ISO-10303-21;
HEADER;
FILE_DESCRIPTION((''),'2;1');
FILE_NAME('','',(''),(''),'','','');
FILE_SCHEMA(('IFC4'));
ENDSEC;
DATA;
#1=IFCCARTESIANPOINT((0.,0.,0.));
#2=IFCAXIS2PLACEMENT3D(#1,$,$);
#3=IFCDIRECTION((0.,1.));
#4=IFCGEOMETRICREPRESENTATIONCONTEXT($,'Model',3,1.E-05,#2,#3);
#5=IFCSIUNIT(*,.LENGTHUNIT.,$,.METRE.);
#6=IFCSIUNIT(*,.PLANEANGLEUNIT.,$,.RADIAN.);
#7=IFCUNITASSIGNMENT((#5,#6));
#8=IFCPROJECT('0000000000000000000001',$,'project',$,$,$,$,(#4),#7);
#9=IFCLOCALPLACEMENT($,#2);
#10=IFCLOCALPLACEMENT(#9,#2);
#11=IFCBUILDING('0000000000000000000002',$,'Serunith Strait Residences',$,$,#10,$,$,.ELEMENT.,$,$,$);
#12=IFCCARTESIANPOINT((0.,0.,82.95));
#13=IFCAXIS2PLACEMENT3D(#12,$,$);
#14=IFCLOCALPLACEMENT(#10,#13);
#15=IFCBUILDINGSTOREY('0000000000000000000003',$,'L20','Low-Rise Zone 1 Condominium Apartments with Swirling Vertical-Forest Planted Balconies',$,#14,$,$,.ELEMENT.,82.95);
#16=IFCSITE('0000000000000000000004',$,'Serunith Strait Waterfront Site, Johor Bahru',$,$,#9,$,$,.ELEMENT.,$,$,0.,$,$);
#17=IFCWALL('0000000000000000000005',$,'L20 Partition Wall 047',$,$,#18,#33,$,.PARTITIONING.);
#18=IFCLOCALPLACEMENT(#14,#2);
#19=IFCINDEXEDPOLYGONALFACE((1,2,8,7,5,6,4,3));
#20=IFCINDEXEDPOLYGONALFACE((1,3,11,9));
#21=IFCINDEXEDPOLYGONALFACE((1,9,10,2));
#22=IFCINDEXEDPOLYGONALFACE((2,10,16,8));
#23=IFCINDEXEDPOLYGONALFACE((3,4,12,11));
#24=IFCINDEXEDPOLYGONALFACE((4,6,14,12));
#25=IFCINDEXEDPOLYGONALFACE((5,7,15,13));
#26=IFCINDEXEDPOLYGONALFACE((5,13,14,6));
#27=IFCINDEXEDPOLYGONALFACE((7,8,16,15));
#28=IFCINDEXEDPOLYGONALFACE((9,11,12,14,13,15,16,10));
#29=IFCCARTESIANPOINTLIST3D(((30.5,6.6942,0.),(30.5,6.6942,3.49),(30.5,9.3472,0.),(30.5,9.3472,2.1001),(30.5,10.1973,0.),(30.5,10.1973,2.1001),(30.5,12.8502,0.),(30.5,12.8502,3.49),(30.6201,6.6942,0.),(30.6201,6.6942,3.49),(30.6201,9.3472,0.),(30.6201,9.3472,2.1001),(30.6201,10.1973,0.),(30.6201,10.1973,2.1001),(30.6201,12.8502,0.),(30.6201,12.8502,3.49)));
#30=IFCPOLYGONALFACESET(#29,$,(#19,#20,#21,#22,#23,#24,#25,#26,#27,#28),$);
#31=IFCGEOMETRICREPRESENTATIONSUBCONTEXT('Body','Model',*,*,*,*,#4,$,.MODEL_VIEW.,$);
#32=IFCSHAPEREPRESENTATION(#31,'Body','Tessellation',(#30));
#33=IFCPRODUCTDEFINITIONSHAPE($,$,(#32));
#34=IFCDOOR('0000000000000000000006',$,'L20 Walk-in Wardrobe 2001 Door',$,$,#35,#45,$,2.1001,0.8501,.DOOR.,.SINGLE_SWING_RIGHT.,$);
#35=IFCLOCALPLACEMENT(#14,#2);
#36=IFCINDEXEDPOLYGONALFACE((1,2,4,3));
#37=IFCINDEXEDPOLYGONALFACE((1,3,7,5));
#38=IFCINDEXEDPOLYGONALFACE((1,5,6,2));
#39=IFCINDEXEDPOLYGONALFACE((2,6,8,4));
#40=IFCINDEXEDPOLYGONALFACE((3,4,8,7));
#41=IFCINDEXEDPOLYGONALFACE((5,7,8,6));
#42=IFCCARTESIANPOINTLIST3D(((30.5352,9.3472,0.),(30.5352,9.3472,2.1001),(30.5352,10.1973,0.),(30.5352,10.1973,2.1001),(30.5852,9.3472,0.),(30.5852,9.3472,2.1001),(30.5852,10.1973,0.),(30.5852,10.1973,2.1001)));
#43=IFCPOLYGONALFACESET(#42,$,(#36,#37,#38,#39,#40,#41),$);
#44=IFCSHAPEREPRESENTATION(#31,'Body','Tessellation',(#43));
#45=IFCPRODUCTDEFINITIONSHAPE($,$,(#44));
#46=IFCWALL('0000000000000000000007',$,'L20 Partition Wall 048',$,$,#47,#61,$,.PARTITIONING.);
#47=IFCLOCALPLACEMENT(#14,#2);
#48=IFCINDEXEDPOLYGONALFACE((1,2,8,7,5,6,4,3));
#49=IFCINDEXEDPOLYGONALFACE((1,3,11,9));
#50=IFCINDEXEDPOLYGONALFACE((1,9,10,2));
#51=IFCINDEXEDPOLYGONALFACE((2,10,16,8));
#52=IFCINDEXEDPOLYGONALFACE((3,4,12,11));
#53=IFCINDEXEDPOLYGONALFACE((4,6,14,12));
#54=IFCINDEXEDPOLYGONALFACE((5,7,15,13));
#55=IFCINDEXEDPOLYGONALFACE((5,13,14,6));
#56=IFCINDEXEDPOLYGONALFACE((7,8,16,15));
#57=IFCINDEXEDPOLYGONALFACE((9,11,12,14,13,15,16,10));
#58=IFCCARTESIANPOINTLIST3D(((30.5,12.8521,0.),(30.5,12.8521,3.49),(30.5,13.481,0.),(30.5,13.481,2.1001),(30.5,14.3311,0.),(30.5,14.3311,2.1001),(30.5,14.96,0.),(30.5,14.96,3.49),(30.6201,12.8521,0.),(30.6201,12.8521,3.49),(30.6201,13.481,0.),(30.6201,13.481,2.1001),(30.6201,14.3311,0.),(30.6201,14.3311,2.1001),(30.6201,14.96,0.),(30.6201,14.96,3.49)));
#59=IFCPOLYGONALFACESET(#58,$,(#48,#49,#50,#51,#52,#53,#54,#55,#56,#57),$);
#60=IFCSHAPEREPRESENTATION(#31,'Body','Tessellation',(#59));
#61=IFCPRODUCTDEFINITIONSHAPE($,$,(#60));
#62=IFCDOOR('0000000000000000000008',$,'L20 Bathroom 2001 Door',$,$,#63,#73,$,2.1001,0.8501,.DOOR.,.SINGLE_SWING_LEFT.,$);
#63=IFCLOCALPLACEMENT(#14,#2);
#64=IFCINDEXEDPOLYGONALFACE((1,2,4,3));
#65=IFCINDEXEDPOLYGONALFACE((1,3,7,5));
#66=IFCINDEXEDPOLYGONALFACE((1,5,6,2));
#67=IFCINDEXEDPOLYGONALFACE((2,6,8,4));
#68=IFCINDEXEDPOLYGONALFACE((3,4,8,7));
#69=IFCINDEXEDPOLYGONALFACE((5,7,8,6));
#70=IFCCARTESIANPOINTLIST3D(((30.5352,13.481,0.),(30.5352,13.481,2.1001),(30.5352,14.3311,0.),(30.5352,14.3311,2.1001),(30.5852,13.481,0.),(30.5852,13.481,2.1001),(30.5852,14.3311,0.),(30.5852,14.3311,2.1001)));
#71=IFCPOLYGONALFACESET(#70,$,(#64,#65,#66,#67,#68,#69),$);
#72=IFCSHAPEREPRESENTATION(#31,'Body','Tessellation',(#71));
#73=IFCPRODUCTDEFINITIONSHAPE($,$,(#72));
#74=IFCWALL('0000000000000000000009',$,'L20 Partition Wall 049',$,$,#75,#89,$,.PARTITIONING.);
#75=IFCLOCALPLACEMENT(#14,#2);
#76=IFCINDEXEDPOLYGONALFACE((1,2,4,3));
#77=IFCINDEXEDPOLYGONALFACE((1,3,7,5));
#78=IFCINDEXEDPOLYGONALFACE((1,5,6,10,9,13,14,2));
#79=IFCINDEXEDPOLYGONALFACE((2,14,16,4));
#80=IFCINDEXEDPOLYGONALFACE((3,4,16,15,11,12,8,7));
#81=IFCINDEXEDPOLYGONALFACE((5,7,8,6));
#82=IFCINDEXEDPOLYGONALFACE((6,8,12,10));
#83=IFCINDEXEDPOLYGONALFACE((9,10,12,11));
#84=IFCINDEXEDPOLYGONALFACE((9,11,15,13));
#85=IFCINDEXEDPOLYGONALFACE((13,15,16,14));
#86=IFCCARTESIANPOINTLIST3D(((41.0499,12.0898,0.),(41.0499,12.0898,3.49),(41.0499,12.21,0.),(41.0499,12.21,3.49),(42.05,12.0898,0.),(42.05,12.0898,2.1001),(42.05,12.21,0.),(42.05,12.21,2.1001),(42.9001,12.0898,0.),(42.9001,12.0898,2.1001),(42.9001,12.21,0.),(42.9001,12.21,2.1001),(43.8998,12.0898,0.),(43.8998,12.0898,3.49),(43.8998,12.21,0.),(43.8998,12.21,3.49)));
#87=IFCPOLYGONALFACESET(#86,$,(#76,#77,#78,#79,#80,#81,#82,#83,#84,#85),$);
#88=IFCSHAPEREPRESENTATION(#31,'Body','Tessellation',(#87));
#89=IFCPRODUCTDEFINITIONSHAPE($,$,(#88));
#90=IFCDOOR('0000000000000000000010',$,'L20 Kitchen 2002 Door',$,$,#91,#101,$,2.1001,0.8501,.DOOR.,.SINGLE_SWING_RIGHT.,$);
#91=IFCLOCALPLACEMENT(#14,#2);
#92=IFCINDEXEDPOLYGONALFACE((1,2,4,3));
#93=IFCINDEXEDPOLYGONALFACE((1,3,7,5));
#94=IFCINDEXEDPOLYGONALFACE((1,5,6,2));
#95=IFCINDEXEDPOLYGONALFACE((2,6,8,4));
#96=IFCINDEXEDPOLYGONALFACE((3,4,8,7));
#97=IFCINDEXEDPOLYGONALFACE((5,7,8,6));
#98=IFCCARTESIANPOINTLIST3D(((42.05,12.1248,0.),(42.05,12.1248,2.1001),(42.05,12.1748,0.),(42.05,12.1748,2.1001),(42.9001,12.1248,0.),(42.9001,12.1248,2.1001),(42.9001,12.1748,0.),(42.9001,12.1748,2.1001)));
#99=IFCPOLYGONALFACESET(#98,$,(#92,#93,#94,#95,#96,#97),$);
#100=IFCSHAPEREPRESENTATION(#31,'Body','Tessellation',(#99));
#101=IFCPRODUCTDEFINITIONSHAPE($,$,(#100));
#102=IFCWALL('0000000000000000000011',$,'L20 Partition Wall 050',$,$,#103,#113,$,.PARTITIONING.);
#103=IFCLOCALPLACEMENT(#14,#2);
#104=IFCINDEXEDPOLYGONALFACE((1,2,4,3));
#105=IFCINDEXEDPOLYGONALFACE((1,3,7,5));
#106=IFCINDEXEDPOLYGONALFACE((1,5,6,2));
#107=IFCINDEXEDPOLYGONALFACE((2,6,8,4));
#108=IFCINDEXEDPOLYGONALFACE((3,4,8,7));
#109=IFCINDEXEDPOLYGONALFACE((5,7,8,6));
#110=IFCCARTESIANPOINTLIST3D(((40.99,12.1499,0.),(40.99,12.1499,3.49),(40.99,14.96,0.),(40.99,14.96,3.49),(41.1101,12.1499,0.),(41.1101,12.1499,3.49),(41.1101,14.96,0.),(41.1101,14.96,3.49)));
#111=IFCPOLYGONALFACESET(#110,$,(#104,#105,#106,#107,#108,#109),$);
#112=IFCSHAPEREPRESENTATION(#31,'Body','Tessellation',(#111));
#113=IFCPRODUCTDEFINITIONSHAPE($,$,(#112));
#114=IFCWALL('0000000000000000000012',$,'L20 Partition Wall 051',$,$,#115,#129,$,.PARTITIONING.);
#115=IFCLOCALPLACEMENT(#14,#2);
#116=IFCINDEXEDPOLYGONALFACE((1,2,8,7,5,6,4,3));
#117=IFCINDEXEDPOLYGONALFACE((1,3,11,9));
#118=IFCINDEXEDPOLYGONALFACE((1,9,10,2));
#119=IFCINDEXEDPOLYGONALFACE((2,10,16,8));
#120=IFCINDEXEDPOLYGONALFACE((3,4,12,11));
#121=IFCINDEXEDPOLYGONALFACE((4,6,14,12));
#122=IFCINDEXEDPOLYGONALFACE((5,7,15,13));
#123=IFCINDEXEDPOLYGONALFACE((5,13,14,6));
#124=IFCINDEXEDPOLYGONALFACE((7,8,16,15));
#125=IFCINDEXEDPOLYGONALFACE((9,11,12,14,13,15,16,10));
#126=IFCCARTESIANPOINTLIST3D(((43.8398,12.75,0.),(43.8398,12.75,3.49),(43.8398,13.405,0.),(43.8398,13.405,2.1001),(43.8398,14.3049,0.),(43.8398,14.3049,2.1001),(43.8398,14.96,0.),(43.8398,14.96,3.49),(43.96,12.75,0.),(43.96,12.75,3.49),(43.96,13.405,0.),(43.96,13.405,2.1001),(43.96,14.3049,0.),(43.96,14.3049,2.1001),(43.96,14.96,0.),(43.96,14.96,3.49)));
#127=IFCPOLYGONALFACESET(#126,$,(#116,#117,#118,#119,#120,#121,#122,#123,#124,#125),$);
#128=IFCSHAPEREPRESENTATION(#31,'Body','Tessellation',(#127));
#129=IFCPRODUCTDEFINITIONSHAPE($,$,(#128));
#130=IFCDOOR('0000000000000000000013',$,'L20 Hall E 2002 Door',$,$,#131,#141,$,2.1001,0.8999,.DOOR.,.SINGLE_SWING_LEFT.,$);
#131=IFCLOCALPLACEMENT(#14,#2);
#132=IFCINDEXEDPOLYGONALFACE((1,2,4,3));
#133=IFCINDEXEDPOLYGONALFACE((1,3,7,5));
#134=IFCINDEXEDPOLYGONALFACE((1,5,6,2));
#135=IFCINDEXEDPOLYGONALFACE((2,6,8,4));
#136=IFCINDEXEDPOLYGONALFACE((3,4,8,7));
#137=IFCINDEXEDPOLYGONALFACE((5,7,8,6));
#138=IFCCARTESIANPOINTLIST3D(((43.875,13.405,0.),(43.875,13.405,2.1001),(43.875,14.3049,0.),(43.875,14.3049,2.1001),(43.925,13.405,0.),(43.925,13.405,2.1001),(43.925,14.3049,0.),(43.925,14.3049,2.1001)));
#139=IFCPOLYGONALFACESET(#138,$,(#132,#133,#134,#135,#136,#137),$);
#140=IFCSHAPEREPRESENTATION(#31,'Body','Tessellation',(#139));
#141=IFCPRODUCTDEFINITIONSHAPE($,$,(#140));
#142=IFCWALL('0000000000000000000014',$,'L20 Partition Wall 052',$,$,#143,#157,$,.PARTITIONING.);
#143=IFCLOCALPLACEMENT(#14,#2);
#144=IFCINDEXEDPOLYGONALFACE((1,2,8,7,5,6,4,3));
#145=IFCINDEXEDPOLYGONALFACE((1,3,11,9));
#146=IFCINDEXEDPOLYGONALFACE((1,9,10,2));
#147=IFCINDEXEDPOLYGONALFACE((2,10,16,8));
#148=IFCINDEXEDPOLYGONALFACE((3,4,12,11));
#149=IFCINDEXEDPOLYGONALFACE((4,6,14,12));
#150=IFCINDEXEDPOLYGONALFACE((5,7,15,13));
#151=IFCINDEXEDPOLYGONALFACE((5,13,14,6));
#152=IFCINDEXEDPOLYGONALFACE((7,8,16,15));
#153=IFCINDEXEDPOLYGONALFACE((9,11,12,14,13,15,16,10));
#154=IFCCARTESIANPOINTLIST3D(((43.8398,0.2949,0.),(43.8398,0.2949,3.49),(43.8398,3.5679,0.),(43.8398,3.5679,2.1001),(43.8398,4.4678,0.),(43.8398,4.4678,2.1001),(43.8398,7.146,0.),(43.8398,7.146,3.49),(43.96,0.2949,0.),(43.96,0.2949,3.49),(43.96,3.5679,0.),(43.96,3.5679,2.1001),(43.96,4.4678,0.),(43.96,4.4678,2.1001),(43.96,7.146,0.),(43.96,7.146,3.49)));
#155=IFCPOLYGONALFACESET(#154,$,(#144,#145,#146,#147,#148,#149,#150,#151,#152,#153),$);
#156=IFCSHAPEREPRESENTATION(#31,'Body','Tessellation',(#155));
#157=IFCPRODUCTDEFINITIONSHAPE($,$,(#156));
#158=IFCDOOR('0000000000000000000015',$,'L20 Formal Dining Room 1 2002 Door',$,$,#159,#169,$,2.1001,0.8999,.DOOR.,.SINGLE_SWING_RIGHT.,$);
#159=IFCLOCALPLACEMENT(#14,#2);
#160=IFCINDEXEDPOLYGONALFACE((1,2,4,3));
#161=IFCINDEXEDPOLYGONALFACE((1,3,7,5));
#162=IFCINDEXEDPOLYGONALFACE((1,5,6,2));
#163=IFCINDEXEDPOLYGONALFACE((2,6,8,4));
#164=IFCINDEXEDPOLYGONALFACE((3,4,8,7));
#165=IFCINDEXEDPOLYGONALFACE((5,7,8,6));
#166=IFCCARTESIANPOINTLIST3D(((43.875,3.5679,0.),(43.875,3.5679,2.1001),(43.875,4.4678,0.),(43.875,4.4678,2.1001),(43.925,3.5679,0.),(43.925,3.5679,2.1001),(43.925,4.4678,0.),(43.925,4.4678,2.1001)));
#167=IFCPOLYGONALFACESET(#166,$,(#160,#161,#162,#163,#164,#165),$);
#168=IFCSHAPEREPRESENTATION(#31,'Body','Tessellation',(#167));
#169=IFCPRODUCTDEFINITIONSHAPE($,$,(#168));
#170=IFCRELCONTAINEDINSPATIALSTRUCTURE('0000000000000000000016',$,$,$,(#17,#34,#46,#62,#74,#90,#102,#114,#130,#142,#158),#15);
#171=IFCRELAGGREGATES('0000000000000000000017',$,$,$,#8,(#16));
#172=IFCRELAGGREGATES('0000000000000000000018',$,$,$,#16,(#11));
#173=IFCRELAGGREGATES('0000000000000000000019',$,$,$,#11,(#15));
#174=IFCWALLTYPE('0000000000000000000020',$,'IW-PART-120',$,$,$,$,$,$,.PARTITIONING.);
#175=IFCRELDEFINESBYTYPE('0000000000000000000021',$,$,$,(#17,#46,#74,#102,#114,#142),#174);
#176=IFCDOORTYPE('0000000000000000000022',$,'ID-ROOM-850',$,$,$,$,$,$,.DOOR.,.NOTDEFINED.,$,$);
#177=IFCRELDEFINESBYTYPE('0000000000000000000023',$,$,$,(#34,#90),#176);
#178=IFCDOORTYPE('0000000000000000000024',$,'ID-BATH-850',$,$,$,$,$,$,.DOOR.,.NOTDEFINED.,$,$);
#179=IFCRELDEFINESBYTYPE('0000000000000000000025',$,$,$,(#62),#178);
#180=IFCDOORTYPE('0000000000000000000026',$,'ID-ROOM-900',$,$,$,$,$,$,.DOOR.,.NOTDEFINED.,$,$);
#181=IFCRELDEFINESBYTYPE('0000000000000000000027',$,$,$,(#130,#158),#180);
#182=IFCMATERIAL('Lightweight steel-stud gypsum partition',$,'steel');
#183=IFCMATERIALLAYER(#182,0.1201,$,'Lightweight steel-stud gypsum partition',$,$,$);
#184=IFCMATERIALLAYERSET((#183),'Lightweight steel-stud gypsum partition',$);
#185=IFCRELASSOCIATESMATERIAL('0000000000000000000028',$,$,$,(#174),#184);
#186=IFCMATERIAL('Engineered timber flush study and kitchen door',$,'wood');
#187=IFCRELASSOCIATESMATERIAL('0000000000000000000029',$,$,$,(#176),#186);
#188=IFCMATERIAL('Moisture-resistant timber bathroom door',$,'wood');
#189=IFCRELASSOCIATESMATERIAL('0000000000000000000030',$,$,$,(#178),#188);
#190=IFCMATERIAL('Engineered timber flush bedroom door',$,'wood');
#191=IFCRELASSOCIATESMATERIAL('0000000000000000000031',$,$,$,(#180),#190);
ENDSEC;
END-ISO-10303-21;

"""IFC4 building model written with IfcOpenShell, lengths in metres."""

from ifc_helpers import new_model, si_unit, direction, frame, frame_2d, origin, place, context, subcontext, project, spatial, rectangle, extrude, source, transform, mapped, material, layer, layer_set, type_object, element, fill, save


model = new_model("IFC4")

# Units and contexts
model_context = context("Model", 3, precision=1e-05, world=origin(), true_north=direction((0.0, 1.0)))
body_context = subcontext(model_context, "Body", "Model", "MODEL_VIEW")
ifc_project = project(units=[si_unit("LENGTHUNIT", "METRE"), si_unit("PLANEANGLEUNIT", "RADIAN")], contexts=[model_context])

# Site, building, storey
site_placement = place(None, origin())
site = spatial("IfcSite", under=ifc_project, at=site_placement, Name="Serunith Strait Waterfront Site, Johor Bahru", CompositionType="ELEMENT", RefElevation=0.0)
building_placement = place(site_placement, origin())
building = spatial("IfcBuilding", under=site, at=building_placement, Name="Serunith Strait Residences", CompositionType="ELEMENT")
storey_placement = place(building_placement, frame((0.0, 0.0, 82.95)))
storey = spatial("IfcBuildingStorey", under=building, at=storey_placement, Name="L20", Description="Low-Rise Zone 1 Condominium Apartments with Swirling Vertical-Forest Planted Balconies", CompositionType="ELEMENT", Elevation=82.95)

# Walls, openings, doors
ifc_material_1 = material(Name="Lightweight steel-stud gypsum partition", Category="steel")
ifc_layer_1 = layer(ifc_material_1, 0.1201, Name="Lightweight steel-stud gypsum partition")
ifc_layer_set_1 = layer_set([ifc_layer_1], Name="Lightweight steel-stud gypsum partition")
wall_type_1 = type_object("IfcWallType", Name="IW-PART-120", PredefinedType="PARTITIONING", material=ifc_layer_set_1)
wall_1_placement = place(storey_placement, frame((30.5601, 6.6941, 0.0), z_axis=(0.0, 0.0, 1.0), x_axis=(0.0, 1.0, 0.0)))
wall_1 = element("IfcWall", 1, at=wall_1_placement, inside=storey, type_object=wall_type_1, Name="L20 Partition Wall 047", PredefinedType="PARTITIONING", context=body_context, shape_type="SweptSolid", body=[
    extrude(rectangle(XDim=6.156, YDim=0.1201, at=frame_2d((3.0781, 0.0))), origin(), (0.0, 0.0, 1.0), 3.49),
])
opening_1_placement = place(wall_1_placement, frame((2.6531, 0.0, 0.0)))
opening_1 = element("IfcOpeningElement", 2, at=opening_1_placement, cuts=wall_1, PredefinedType="OPENING", context=body_context, shape_type="SweptSolid", body=[
    extrude(rectangle(XDim=0.8501, YDim=2.1001, at=frame_2d((0.425, 1.05))), frame((0.0, 0.0701, 0.0), z_axis=(0.0, -1.0, 0.0), x_axis=(1.0, 0.0, 0.0)), (0.0, 0.0, 1.0), 0.1401),
])
ifc_material_2 = material(Name="Engineered timber flush study and kitchen door", Category="wood")
door_type_1 = type_object("IfcDoorType", Name="ID-ROOM-850", OperationType="NOTDEFINED", PredefinedType="DOOR", material=ifc_material_2)
shared_shape_1 = source(origin(), body_context, "Body", "SweptSolid", [
    extrude(rectangle(XDim=0.8501, YDim=2.1001, at=frame_2d((0.425, 1.05))), frame((0.0, 0.0249, 0.0), z_axis=(0.0, -1.0, 0.0), x_axis=(1.0, 0.0, 0.0)), (0.0, 0.0, 1.0), 0.05),
])
door_1_placement = place(opening_1_placement, origin())
door_1 = element("IfcDoor", 3, at=door_1_placement, inside=storey, type_object=door_type_1, Name="L20 Walk-in Wardrobe 2001 Door", OperationType="SINGLE_SWING_RIGHT", OverallHeight=2.1001, OverallWidth=0.8501, PredefinedType="DOOR", context=body_context, shape_type="MappedRepresentation", body=[
    mapped(shared_shape_1, transform((0.0, 0.0, 0.0), scale=1.0)),
])
fill(opening_1, door_1)
wall_2_placement = place(storey_placement, frame((30.5601, 12.8521, 0.0), z_axis=(0.0, 0.0, 1.0), x_axis=(0.0, 1.0, 0.0)))
wall_2 = element("IfcWall", 4, at=wall_2_placement, inside=storey, type_object=wall_type_1, Name="L20 Partition Wall 048", PredefinedType="PARTITIONING", context=body_context, shape_type="SweptSolid", body=[
    extrude(rectangle(XDim=2.1079, YDim=0.1201, at=frame_2d((1.054, 0.0))), origin(), (0.0, 0.0, 1.0), 3.49),
])
opening_2_placement = place(wall_2_placement, frame((0.6289, 0.0, 0.0)))
opening_2 = element("IfcOpeningElement", 5, at=opening_2_placement, cuts=wall_2, PredefinedType="OPENING", context=body_context, shape_type="SweptSolid", body=[
    extrude(rectangle(XDim=0.8501, YDim=2.1001, at=frame_2d((0.425, 1.05))), frame((0.0, 0.0701, 0.0), z_axis=(0.0, -1.0, 0.0), x_axis=(1.0, 0.0, 0.0)), (0.0, 0.0, 1.0), 0.1401),
])
ifc_material_3 = material(Name="Moisture-resistant timber bathroom door", Category="wood")
door_type_2 = type_object("IfcDoorType", Name="ID-BATH-850", OperationType="NOTDEFINED", PredefinedType="DOOR", material=ifc_material_3)
door_2_placement = place(opening_2_placement, origin())
door_2 = element("IfcDoor", 6, at=door_2_placement, inside=storey, type_object=door_type_2, Name="L20 Bathroom 2001 Door", OperationType="SINGLE_SWING_LEFT", OverallHeight=2.1001, OverallWidth=0.8501, PredefinedType="DOOR", context=body_context, shape_type="MappedRepresentation", body=[
    mapped(shared_shape_1, transform((0.0, 0.0, 0.0), scale=1.0)),
])
fill(opening_2, door_2)
wall_3_placement = place(storey_placement, frame((41.05, 12.1499, 0.0), z_axis=(0.0, 0.0, 1.0), x_axis=(1.0, 0.0, 0.0)))
wall_3 = element("IfcWall", 7, at=wall_3_placement, inside=storey, type_object=wall_type_1, Name="L20 Partition Wall 049", PredefinedType="PARTITIONING", context=body_context, shape_type="SweptSolid", body=[
    extrude(rectangle(XDim=2.8499, YDim=0.1201, at=frame_2d((1.4248, 0.0))), origin(), (0.0, 0.0, 1.0), 3.49),
])
opening_3_placement = place(wall_3_placement, frame((1.0, 0.0, 0.0)))
opening_3 = element("IfcOpeningElement", 8, at=opening_3_placement, cuts=wall_3, PredefinedType="OPENING", context=body_context, shape_type="SweptSolid", body=[
    extrude(rectangle(XDim=0.8501, YDim=2.1001, at=frame_2d((0.425, 1.05))), frame((0.0, 0.0701, 0.0), z_axis=(0.0, -1.0, 0.0), x_axis=(1.0, 0.0, 0.0)), (0.0, 0.0, 1.0), 0.1401),
])
door_3_placement = place(opening_3_placement, origin())
door_3 = element("IfcDoor", 9, at=door_3_placement, inside=storey, type_object=door_type_1, Name="L20 Kitchen 2002 Door", OperationType="SINGLE_SWING_RIGHT", OverallHeight=2.1001, OverallWidth=0.8501, PredefinedType="DOOR", context=body_context, shape_type="MappedRepresentation", body=[
    mapped(shared_shape_1, transform((0.0, 0.0, 0.0), scale=1.0)),
])
fill(opening_3, door_3)

# Wall
wall_4_placement = place(storey_placement, frame((41.05, 12.1499, 0.0), z_axis=(0.0, 0.0, 1.0), x_axis=(0.0, 1.0, 0.0)))
element("IfcWall", 10, at=wall_4_placement, inside=storey, type_object=wall_type_1, Name="L20 Partition Wall 050", PredefinedType="PARTITIONING", context=body_context, shape_type="SweptSolid", body=[
    extrude(rectangle(XDim=2.8101, YDim=0.1201, at=frame_2d((1.405, 0.0))), origin(), (0.0, 0.0, 1.0), 3.49),
])

# Walls, openings, doors
wall_5_placement = place(storey_placement, frame((43.8999, 12.75, 0.0), z_axis=(0.0, 0.0, 1.0), x_axis=(0.0, 1.0, 0.0)))
wall_5 = element("IfcWall", 11, at=wall_5_placement, inside=storey, type_object=wall_type_1, Name="L20 Partition Wall 051", PredefinedType="PARTITIONING", context=body_context, shape_type="SweptSolid", body=[
    extrude(rectangle(XDim=2.21, YDim=0.1201, at=frame_2d((1.105, 0.0))), origin(), (0.0, 0.0, 1.0), 3.49),
])
opening_4_placement = place(wall_5_placement, frame((0.655, 0.0, 0.0)))
opening_4 = element("IfcOpeningElement", 12, at=opening_4_placement, cuts=wall_5, PredefinedType="OPENING", context=body_context, shape_type="SweptSolid", body=[
    extrude(rectangle(XDim=0.8999, YDim=2.1001, at=frame_2d((0.45, 1.05))), frame((0.0, 0.0701, 0.0), z_axis=(0.0, -1.0, 0.0), x_axis=(1.0, 0.0, 0.0)), (0.0, 0.0, 1.0), 0.1401),
])
ifc_material_4 = material(Name="Engineered timber flush bedroom door", Category="wood")
door_type_3 = type_object("IfcDoorType", Name="ID-ROOM-900", OperationType="NOTDEFINED", PredefinedType="DOOR", material=ifc_material_4)
shared_shape_2 = source(origin(), body_context, "Body", "SweptSolid", [
    extrude(rectangle(XDim=0.8999, YDim=2.1001, at=frame_2d((0.45, 1.05))), frame((0.0, 0.0249, 0.0), z_axis=(0.0, -1.0, 0.0), x_axis=(1.0, 0.0, 0.0)), (0.0, 0.0, 1.0), 0.05),
])
door_4_placement = place(opening_4_placement, origin())
door_4 = element("IfcDoor", 13, at=door_4_placement, inside=storey, type_object=door_type_3, Name="L20 Hall E 2002 Door", OperationType="SINGLE_SWING_LEFT", OverallHeight=2.1001, OverallWidth=0.8999, PredefinedType="DOOR", context=body_context, shape_type="MappedRepresentation", body=[
    mapped(shared_shape_2, transform((0.0, 0.0, 0.0), scale=1.0)),
])
fill(opening_4, door_4)
wall_6_placement = place(storey_placement, frame((43.8999, 0.2949, 0.0), z_axis=(0.0, 0.0, 1.0), x_axis=(0.0, 1.0, 0.0)))
wall_6 = element("IfcWall", 14, at=wall_6_placement, inside=storey, type_object=wall_type_1, Name="L20 Partition Wall 052", PredefinedType="PARTITIONING", context=body_context, shape_type="SweptSolid", body=[
    extrude(rectangle(XDim=6.8511, YDim=0.1201, at=frame_2d((3.4255, 0.0))), origin(), (0.0, 0.0, 1.0), 3.49),
])
opening_5_placement = place(wall_6_placement, frame((3.2729, 0.0, 0.0)))
opening_5 = element("IfcOpeningElement", 15, at=opening_5_placement, cuts=wall_6, PredefinedType="OPENING", context=body_context, shape_type="SweptSolid", body=[
    extrude(rectangle(XDim=0.8999, YDim=2.1001, at=frame_2d((0.45, 1.05))), frame((0.0, 0.0701, 0.0), z_axis=(0.0, -1.0, 0.0), x_axis=(1.0, 0.0, 0.0)), (0.0, 0.0, 1.0), 0.1401),
])
door_5_placement = place(opening_5_placement, origin())
door_5 = element("IfcDoor", 16, at=door_5_placement, inside=storey, type_object=door_type_3, Name="L20 Formal Dining Room 1 2002 Door", OperationType="SINGLE_SWING_RIGHT", OverallHeight=2.1001, OverallWidth=0.8999, PredefinedType="DOOR", context=body_context, shape_type="MappedRepresentation", body=[
    mapped(shared_shape_2, transform((0.0, 0.0, 0.0), scale=1.0)),
])
fill(opening_5, door_5)

save(model, "model.ifc")
